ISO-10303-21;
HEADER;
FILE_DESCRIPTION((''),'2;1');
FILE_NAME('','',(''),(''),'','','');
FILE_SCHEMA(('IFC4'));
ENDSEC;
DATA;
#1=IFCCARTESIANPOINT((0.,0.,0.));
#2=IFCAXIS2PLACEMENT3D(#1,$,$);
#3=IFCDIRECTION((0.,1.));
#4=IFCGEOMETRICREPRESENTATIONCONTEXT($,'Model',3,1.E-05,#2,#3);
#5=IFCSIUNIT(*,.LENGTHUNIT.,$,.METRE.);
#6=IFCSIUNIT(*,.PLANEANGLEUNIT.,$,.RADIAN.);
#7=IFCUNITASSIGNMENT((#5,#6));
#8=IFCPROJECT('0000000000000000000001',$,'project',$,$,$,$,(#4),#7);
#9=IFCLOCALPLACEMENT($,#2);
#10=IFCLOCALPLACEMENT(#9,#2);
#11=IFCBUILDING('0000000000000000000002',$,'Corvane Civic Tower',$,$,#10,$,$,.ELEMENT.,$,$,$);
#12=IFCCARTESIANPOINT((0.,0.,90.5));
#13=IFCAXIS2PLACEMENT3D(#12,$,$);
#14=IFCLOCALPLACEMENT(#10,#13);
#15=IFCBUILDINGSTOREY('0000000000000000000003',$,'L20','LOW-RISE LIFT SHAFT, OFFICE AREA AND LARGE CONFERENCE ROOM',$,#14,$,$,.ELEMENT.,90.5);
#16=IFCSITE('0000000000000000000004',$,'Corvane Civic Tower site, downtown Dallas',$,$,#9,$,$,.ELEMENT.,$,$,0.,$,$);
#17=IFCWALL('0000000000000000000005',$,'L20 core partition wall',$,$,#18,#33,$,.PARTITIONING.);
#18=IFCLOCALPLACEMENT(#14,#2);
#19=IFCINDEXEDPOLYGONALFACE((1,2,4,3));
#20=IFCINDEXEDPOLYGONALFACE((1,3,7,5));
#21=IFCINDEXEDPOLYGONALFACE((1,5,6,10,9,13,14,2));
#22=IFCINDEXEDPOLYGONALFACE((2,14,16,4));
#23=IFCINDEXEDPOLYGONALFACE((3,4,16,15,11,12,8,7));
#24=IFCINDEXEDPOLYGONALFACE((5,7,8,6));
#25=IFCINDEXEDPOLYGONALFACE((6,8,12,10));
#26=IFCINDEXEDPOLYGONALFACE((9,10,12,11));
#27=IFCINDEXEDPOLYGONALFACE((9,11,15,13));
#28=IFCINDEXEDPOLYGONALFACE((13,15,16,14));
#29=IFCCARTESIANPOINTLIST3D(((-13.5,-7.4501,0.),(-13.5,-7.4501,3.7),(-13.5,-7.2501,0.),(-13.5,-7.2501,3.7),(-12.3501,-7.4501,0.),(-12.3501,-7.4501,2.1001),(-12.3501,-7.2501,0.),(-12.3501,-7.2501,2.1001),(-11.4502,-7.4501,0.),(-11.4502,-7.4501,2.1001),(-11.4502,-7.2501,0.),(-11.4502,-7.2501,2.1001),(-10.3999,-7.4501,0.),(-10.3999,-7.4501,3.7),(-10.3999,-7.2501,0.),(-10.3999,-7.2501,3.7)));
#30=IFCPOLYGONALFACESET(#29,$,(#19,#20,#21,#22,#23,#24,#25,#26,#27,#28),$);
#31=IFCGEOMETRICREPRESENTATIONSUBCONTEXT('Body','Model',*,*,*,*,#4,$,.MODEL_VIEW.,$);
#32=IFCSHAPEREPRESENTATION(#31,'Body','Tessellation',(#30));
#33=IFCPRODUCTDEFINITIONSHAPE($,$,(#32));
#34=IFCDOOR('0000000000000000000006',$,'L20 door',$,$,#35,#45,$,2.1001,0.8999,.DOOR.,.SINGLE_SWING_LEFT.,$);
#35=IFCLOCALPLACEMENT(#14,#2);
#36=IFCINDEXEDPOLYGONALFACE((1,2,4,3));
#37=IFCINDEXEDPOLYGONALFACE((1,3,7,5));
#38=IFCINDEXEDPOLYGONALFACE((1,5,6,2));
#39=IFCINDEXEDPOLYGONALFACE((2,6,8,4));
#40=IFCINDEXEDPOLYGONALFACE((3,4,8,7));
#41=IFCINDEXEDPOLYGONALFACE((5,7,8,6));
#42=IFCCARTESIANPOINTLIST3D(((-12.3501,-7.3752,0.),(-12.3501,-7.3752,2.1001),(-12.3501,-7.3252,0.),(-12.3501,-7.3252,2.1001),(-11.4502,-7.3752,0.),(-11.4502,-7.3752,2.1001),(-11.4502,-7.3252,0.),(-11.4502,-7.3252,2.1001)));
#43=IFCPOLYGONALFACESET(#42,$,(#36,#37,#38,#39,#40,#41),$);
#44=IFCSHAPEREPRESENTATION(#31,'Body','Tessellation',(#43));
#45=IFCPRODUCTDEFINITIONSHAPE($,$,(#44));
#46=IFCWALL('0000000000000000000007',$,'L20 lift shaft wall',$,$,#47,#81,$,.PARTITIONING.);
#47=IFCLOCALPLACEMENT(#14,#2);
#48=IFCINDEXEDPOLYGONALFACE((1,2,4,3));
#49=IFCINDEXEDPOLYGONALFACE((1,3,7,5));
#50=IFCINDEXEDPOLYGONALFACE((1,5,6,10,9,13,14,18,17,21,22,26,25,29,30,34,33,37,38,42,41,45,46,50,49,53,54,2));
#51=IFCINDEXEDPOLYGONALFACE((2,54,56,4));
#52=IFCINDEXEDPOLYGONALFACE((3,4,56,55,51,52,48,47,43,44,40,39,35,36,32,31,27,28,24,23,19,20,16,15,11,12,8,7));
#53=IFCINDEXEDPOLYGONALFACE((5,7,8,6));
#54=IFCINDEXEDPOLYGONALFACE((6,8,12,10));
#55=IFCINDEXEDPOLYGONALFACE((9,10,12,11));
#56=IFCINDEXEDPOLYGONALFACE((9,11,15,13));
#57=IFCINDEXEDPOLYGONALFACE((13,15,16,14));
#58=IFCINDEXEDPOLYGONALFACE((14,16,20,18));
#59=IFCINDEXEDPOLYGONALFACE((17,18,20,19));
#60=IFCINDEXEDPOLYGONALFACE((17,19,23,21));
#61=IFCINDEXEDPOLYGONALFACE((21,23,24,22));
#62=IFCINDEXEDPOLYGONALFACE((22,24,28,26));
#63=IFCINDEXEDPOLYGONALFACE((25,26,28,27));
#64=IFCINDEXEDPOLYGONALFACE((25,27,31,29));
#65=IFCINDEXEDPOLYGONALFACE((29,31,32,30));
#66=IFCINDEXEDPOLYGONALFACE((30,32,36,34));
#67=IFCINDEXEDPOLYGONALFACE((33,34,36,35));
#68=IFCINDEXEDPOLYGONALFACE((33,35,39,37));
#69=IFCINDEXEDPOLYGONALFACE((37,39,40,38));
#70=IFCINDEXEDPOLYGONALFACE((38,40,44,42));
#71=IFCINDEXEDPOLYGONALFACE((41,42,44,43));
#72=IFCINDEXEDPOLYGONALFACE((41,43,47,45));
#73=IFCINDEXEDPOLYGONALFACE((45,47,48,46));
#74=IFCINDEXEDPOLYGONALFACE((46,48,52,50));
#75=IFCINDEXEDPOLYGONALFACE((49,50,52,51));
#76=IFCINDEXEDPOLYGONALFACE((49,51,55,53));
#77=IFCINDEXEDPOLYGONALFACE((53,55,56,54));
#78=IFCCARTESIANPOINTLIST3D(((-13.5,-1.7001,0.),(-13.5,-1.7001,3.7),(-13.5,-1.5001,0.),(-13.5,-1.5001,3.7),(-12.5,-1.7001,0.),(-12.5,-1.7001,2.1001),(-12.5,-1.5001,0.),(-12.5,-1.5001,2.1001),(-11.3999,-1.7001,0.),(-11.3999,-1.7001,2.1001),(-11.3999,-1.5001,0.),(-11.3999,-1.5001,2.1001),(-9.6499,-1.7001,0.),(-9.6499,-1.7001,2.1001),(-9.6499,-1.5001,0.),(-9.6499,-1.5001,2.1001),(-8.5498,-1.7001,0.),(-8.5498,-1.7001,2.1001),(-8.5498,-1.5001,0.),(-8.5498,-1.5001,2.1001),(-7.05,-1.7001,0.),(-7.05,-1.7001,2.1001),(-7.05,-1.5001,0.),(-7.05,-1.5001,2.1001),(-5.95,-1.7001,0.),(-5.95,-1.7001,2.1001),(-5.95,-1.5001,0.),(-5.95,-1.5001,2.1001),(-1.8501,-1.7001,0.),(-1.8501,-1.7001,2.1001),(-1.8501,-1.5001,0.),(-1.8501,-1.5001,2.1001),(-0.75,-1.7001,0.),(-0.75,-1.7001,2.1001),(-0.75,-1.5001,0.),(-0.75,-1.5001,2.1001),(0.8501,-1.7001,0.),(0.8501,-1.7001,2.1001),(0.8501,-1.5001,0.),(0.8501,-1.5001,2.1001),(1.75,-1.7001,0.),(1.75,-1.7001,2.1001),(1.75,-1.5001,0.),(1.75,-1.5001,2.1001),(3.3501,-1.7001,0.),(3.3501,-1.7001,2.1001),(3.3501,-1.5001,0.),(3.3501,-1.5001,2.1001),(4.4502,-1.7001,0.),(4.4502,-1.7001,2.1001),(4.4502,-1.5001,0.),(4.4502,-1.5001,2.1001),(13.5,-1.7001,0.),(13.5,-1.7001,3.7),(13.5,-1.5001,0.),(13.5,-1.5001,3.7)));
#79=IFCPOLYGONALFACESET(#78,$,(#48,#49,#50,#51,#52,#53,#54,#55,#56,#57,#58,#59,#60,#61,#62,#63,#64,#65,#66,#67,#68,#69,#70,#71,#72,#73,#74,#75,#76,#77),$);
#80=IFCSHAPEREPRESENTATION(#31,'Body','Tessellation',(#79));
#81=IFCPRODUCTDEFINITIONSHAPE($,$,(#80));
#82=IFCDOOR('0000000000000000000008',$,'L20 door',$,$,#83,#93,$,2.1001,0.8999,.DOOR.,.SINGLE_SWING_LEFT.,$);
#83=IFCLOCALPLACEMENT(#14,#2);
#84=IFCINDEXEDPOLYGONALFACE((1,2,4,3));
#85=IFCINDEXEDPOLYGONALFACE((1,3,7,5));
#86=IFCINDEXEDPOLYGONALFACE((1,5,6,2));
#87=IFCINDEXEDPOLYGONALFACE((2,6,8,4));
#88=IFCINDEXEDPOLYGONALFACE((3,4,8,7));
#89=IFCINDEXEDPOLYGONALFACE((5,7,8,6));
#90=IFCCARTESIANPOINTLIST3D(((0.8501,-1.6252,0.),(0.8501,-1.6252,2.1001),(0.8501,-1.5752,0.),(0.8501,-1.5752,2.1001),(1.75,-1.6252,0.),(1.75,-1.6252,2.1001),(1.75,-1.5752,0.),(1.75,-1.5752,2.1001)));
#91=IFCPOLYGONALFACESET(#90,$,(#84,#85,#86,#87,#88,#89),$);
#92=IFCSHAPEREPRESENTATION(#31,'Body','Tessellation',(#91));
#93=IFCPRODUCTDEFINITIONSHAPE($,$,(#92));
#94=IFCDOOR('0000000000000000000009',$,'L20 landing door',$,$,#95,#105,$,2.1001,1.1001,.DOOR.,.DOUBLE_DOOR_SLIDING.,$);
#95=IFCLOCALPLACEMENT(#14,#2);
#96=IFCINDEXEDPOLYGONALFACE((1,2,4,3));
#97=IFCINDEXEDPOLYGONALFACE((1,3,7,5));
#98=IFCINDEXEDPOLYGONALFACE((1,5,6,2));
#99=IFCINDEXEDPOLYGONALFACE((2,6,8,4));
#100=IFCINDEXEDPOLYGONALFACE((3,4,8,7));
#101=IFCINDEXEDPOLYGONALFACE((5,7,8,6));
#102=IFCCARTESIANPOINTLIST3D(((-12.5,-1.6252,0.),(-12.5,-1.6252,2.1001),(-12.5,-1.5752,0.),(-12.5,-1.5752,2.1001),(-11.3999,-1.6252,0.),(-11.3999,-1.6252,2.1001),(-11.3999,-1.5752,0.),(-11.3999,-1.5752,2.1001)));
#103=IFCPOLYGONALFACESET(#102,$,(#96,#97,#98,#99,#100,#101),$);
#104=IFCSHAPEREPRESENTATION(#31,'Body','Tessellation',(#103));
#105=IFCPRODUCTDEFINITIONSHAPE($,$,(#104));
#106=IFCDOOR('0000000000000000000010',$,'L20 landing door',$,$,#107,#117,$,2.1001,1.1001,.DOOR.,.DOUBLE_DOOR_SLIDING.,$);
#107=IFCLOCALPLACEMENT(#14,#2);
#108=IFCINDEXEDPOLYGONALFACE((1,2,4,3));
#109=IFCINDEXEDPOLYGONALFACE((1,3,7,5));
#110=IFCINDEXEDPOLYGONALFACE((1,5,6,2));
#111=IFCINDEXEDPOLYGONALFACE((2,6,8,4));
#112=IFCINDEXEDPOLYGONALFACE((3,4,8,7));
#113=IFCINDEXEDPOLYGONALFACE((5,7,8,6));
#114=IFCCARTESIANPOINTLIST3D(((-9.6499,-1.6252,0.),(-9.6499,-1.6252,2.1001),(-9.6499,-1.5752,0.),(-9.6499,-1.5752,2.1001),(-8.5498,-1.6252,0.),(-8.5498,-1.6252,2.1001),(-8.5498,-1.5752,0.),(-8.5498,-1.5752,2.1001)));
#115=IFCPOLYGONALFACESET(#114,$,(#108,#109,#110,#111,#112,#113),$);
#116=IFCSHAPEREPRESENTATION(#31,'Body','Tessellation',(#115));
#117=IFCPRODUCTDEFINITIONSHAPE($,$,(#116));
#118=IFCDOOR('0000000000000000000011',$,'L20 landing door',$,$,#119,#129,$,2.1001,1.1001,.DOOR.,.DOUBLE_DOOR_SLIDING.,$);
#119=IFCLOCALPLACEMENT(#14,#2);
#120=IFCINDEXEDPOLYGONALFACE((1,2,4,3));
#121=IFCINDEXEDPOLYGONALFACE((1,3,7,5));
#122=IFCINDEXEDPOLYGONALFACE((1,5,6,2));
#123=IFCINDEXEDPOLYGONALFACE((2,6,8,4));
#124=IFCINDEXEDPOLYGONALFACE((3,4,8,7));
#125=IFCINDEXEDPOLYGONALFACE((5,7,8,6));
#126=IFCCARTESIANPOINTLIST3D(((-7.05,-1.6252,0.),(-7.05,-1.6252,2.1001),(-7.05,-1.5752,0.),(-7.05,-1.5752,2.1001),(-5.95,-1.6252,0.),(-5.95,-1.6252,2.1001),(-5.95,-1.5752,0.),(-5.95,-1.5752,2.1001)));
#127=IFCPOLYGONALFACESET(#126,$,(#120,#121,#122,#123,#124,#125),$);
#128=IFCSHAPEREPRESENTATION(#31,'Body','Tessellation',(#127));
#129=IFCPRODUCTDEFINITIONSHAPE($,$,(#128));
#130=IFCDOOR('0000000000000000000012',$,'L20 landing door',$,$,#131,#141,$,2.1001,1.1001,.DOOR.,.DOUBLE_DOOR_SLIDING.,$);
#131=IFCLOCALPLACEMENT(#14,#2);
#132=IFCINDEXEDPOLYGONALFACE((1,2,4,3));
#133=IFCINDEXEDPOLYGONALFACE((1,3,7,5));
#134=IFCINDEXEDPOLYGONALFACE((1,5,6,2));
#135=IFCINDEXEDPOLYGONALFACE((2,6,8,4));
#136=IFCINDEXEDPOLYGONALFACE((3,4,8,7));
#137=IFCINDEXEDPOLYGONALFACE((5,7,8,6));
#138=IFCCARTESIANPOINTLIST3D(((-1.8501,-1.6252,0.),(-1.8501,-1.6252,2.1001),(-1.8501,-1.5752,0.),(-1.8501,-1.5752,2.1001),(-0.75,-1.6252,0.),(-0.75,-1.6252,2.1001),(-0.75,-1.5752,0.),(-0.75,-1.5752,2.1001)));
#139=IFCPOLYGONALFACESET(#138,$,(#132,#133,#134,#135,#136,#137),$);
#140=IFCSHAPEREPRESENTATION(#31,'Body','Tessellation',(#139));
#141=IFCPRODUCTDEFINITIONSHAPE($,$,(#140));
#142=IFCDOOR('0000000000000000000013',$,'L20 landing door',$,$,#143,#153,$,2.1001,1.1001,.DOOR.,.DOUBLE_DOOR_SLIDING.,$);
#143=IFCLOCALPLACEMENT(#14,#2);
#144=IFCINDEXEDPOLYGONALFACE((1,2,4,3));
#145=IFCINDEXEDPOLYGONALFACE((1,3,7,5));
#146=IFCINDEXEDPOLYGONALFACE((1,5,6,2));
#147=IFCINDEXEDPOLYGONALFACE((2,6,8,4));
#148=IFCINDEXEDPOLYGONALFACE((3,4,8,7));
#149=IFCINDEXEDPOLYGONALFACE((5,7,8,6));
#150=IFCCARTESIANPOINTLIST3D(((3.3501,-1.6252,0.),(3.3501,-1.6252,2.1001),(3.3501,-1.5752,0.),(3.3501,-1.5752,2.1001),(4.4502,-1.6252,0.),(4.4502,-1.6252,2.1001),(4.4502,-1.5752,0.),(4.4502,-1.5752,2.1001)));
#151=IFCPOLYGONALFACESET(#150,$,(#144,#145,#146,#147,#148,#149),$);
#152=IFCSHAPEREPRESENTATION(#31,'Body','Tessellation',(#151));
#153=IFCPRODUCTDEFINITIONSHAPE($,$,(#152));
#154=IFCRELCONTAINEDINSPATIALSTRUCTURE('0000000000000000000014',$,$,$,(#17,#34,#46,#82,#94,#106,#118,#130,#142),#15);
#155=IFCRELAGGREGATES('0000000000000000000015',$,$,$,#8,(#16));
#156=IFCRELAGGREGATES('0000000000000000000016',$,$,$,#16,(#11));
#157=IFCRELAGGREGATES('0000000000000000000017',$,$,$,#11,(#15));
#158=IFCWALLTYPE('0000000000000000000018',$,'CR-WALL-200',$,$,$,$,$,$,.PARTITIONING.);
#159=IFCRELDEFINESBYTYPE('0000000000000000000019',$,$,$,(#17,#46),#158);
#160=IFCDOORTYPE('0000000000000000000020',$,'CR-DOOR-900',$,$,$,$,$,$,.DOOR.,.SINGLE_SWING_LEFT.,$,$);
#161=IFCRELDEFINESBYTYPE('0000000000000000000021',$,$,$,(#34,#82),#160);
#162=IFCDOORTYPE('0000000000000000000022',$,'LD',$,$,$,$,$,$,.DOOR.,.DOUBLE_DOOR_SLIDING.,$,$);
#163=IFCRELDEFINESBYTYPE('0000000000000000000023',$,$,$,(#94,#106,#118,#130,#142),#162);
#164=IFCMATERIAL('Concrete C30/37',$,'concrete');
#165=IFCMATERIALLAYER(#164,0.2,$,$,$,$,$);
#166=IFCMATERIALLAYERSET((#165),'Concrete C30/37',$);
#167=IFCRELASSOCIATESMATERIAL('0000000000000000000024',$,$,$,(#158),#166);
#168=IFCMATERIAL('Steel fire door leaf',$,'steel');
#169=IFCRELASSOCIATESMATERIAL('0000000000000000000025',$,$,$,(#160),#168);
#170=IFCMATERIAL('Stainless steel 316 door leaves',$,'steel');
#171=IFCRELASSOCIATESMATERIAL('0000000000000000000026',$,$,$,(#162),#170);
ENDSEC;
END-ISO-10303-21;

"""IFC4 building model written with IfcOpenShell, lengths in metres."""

from ifc_helpers import new_model, si_unit, direction, frame, frame_2d, origin, place, context, subcontext, project, spatial, rectangle, extrude, material, layer, layer_set, type_object, element, fill, save


model = new_model("IFC4")

# Units and contexts
model_context = context("Model", 3, precision=1e-05, world=origin(), true_north=direction((0.0, 1.0)))
body_context = subcontext(model_context, "Body", "Model", "MODEL_VIEW")
ifc_project = project(units=[si_unit("LENGTHUNIT", "METRE"), si_unit("PLANEANGLEUNIT", "RADIAN")], contexts=[model_context])

# Site, building, storey
site_placement = place(None, origin())
site = spatial("IfcSite", under=ifc_project, at=site_placement, Name="Corvane Civic Tower site, downtown Dallas", CompositionType="ELEMENT", RefElevation=0.0)
building_placement = place(site_placement, origin())
building = spatial("IfcBuilding", under=site, at=building_placement, Name="Corvane Civic Tower", CompositionType="ELEMENT")
storey_placement = place(building_placement, frame((0.0, 0.0, 90.5)))
storey = spatial("IfcBuildingStorey", under=building, at=storey_placement, Name="L20", Description="LOW-RISE LIFT SHAFT, OFFICE AREA AND LARGE CONFERENCE ROOM", CompositionType="ELEMENT", Elevation=90.5)

# Wall, opening, door
ifc_material_1 = material(Name="Concrete C30/37", Category="concrete")
ifc_layer_1 = layer(ifc_material_1, 0.2)
ifc_layer_set_1 = layer_set([ifc_layer_1], Name="Concrete C30/37")
wall_type_1 = type_object("IfcWallType", Name="CR-WALL-200", PredefinedType="PARTITIONING", material=ifc_layer_set_1)
ifc_material_2 = material(Name="Steel fire door leaf", Category="steel")
door_type_1 = type_object("IfcDoorType", Name="CR-DOOR-900", OperationType="SINGLE_SWING_LEFT", PredefinedType="DOOR", material=ifc_material_2)
wall_1_placement = place(storey_placement, frame((-13.5, -7.3501, 0.0), z_axis=(0.0, 0.0, 1.0), x_axis=(1.0, 0.0, 0.0)))
wall_1 = element("IfcWall", 1, at=wall_1_placement, inside=storey, type_object=wall_type_1, Name="L20 core partition wall", PredefinedType="PARTITIONING", context=body_context, shape_type="SweptSolid", body=[
    extrude(rectangle(XDim=3.1001, YDim=0.2, at=frame_2d((1.55, 0.0))), origin(), (0.0, 0.0, 1.0), 3.7),
])
opening_1_placement = place(wall_1_placement, frame((1.1499, 0.0, 0.0)))
opening_1 = element("IfcOpeningElement", 2, at=opening_1_placement, cuts=wall_1, PredefinedType="OPENING", context=body_context, shape_type="SweptSolid", body=[
    extrude(rectangle(XDim=0.8999, YDim=2.1001, at=frame_2d((0.45, 1.05))), frame((0.0, 0.1099, 0.0), z_axis=(0.0, -1.0, 0.0), x_axis=(1.0, 0.0, 0.0)), (0.0, 0.0, 1.0), 0.22),
])
door_1_placement = place(opening_1_placement, origin())
door_1 = element("IfcDoor", 3, at=door_1_placement, inside=storey, type_object=door_type_1, Name="L20 door", OperationType="SINGLE_SWING_LEFT", OverallHeight=2.1001, OverallWidth=0.8999, PredefinedType="DOOR", context=body_context, shape_type="SweptSolid", body=[
    extrude(rectangle(XDim=0.8999, YDim=2.1001, at=frame_2d((0.45, 1.05))), frame((0.0, 0.0249, 0.0), z_axis=(0.0, -1.0, 0.0), x_axis=(1.0, 0.0, 0.0)), (0.0, 0.0, 1.0), 0.05),
])
fill(opening_1, door_1)

# Wall, openings, doors
wall_2_placement = place(storey_placement, frame((-13.5, -1.6001, 0.0), z_axis=(0.0, 0.0, 1.0), x_axis=(1.0, 0.0, 0.0)))
wall_2 = element("IfcWall", 4, at=wall_2_placement, inside=storey, type_object=wall_type_1, Name="L20 lift shaft wall", PredefinedType="PARTITIONING", context=body_context, shape_type="SweptSolid", body=[
    extrude(rectangle(XDim=27.0, YDim=0.2, at=frame_2d((13.5, 0.0))), origin(), (0.0, 0.0, 1.0), 3.7),
])
opening_2_placement = place(wall_2_placement, frame((1.0, 0.0, 0.0)))
opening_2 = element("IfcOpeningElement", 5, at=opening_2_placement, cuts=wall_2, PredefinedType="OPENING", context=body_context, shape_type="SweptSolid", body=[
    extrude(rectangle(XDim=1.1001, YDim=2.1001, at=frame_2d((0.55, 1.05))), frame((0.0, 0.1099, 0.0), z_axis=(0.0, -1.0, 0.0), x_axis=(1.0, 0.0, 0.0)), (0.0, 0.0, 1.0), 0.22),
])
opening_3_placement = place(wall_2_placement, frame((3.8501, 0.0, 0.0)))
opening_3 = element("IfcOpeningElement", 6, at=opening_3_placement, cuts=wall_2, PredefinedType="OPENING", context=body_context, shape_type="SweptSolid", body=[
    extrude(rectangle(XDim=1.1001, YDim=2.1001, at=frame_2d((0.55, 1.05))), frame((0.0, 0.1099, 0.0), z_axis=(0.0, -1.0, 0.0), x_axis=(1.0, 0.0, 0.0)), (0.0, 0.0, 1.0), 0.22),
])
opening_4_placement = place(wall_2_placement, frame((6.45, 0.0, 0.0)))
opening_4 = element("IfcOpeningElement", 7, at=opening_4_placement, cuts=wall_2, PredefinedType="OPENING", context=body_context, shape_type="SweptSolid", body=[
    extrude(rectangle(XDim=1.1001, YDim=2.1001, at=frame_2d((0.55, 1.05))), frame((0.0, 0.1099, 0.0), z_axis=(0.0, -1.0, 0.0), x_axis=(1.0, 0.0, 0.0)), (0.0, 0.0, 1.0), 0.22),
])
opening_5_placement = place(wall_2_placement, frame((11.6499, 0.0, 0.0)))
opening_5 = element("IfcOpeningElement", 8, at=opening_5_placement, cuts=wall_2, PredefinedType="OPENING", context=body_context, shape_type="SweptSolid", body=[
    extrude(rectangle(XDim=1.1001, YDim=2.1001, at=frame_2d((0.55, 1.05))), frame((0.0, 0.1099, 0.0), z_axis=(0.0, -1.0, 0.0), x_axis=(1.0, 0.0, 0.0)), (0.0, 0.0, 1.0), 0.22),
])
opening_6_placement = place(wall_2_placement, frame((14.3501, 0.0, 0.0)))
opening_6 = element("IfcOpeningElement", 9, at=opening_6_placement, cuts=wall_2, PredefinedType="OPENING", context=body_context, shape_type="SweptSolid", body=[
    extrude(rectangle(XDim=0.8999, YDim=2.1001, at=frame_2d((0.45, 1.05))), frame((0.0, 0.1099, 0.0), z_axis=(0.0, -1.0, 0.0), x_axis=(1.0, 0.0, 0.0)), (0.0, 0.0, 1.0), 0.22),
])
opening_7_placement = place(wall_2_placement, frame((16.8501, 0.0, 0.0)))
opening_7 = element("IfcOpeningElement", 10, at=opening_7_placement, cuts=wall_2, PredefinedType="OPENING", context=body_context, shape_type="SweptSolid", body=[
    extrude(rectangle(XDim=1.1001, YDim=2.1001, at=frame_2d((0.55, 1.05))), frame((0.0, 0.1099, 0.0), z_axis=(0.0, -1.0, 0.0), x_axis=(1.0, 0.0, 0.0)), (0.0, 0.0, 1.0), 0.22),
])
door_2_placement = place(opening_6_placement, origin())
door_2 = element("IfcDoor", 11, at=door_2_placement, inside=storey, type_object=door_type_1, Name="L20 door", OperationType="SINGLE_SWING_LEFT", OverallHeight=2.1001, OverallWidth=0.8999, PredefinedType="DOOR", context=body_context, shape_type="SweptSolid", body=[
    extrude(rectangle(XDim=0.8999, YDim=2.1001, at=frame_2d((0.45, 1.05))), frame((0.0, 0.0249, 0.0), z_axis=(0.0, -1.0, 0.0), x_axis=(1.0, 0.0, 0.0)), (0.0, 0.0, 1.0), 0.05),
])
fill(opening_6, door_2)
ifc_material_3 = material(Name="Stainless steel 316 door leaves", Category="steel")
door_type_2 = type_object("IfcDoorType", Name="LD", OperationType="DOUBLE_DOOR_SLIDING", PredefinedType="DOOR", material=ifc_material_3)
door_3_placement = place(opening_2_placement, origin())
door_3 = element("IfcDoor", 12, at=door_3_placement, inside=storey, type_object=door_type_2, Name="L20 landing door", OperationType="DOUBLE_DOOR_SLIDING", OverallHeight=2.1001, OverallWidth=1.1001, PredefinedType="DOOR", context=body_context, shape_type="SweptSolid", body=[
    extrude(rectangle(XDim=1.1001, YDim=2.1001, at=frame_2d((0.55, 1.05))), frame((0.0, 0.0249, 0.0), z_axis=(0.0, -1.0, 0.0), x_axis=(1.0, 0.0, 0.0)), (0.0, 0.0, 1.0), 0.05),
])
fill(opening_2, door_3)
door_4_placement = place(opening_3_placement, origin())
door_4 = element("IfcDoor", 13, at=door_4_placement, inside=storey, type_object=door_type_2, Name="L20 landing door", OperationType="DOUBLE_DOOR_SLIDING", OverallHeight=2.1001, OverallWidth=1.1001, PredefinedType="DOOR", context=body_context, shape_type="SweptSolid", body=[
    extrude(rectangle(XDim=1.1001, YDim=2.1001, at=frame_2d((0.55, 1.05))), frame((0.0, 0.0249, 0.0), z_axis=(0.0, -1.0, 0.0), x_axis=(1.0, 0.0, 0.0)), (0.0, 0.0, 1.0), 0.05),
])
fill(opening_3, door_4)
door_5_placement = place(opening_4_placement, origin())
door_5 = element("IfcDoor", 14, at=door_5_placement, inside=storey, type_object=door_type_2, Name="L20 landing door", OperationType="DOUBLE_DOOR_SLIDING", OverallHeight=2.1001, OverallWidth=1.1001, PredefinedType="DOOR", context=body_context, shape_type="SweptSolid", body=[
    extrude(rectangle(XDim=1.1001, YDim=2.1001, at=frame_2d((0.55, 1.05))), frame((0.0, 0.0249, 0.0), z_axis=(0.0, -1.0, 0.0), x_axis=(1.0, 0.0, 0.0)), (0.0, 0.0, 1.0), 0.05),
])
fill(opening_4, door_5)
door_6_placement = place(opening_5_placement, origin())
door_6 = element("IfcDoor", 15, at=door_6_placement, inside=storey, type_object=door_type_2, Name="L20 landing door", OperationType="DOUBLE_DOOR_SLIDING", OverallHeight=2.1001, OverallWidth=1.1001, PredefinedType="DOOR", context=body_context, shape_type="SweptSolid", body=[
    extrude(rectangle(XDim=1.1001, YDim=2.1001, at=frame_2d((0.55, 1.05))), frame((0.0, 0.0249, 0.0), z_axis=(0.0, -1.0, 0.0), x_axis=(1.0, 0.0, 0.0)), (0.0, 0.0, 1.0), 0.05),
])
fill(opening_5, door_6)
door_7_placement = place(opening_7_placement, origin())
door_7 = element("IfcDoor", 16, at=door_7_placement, inside=storey, type_object=door_type_2, Name="L20 landing door", OperationType="DOUBLE_DOOR_SLIDING", OverallHeight=2.1001, OverallWidth=1.1001, PredefinedType="DOOR", context=body_context, shape_type="SweptSolid", body=[
    extrude(rectangle(XDim=1.1001, YDim=2.1001, at=frame_2d((0.55, 1.05))), frame((0.0, 0.0249, 0.0), z_axis=(0.0, -1.0, 0.0), x_axis=(1.0, 0.0, 0.0)), (0.0, 0.0, 1.0), 0.05),
])
fill(opening_7, door_7)

save(model, "model.ifc")
